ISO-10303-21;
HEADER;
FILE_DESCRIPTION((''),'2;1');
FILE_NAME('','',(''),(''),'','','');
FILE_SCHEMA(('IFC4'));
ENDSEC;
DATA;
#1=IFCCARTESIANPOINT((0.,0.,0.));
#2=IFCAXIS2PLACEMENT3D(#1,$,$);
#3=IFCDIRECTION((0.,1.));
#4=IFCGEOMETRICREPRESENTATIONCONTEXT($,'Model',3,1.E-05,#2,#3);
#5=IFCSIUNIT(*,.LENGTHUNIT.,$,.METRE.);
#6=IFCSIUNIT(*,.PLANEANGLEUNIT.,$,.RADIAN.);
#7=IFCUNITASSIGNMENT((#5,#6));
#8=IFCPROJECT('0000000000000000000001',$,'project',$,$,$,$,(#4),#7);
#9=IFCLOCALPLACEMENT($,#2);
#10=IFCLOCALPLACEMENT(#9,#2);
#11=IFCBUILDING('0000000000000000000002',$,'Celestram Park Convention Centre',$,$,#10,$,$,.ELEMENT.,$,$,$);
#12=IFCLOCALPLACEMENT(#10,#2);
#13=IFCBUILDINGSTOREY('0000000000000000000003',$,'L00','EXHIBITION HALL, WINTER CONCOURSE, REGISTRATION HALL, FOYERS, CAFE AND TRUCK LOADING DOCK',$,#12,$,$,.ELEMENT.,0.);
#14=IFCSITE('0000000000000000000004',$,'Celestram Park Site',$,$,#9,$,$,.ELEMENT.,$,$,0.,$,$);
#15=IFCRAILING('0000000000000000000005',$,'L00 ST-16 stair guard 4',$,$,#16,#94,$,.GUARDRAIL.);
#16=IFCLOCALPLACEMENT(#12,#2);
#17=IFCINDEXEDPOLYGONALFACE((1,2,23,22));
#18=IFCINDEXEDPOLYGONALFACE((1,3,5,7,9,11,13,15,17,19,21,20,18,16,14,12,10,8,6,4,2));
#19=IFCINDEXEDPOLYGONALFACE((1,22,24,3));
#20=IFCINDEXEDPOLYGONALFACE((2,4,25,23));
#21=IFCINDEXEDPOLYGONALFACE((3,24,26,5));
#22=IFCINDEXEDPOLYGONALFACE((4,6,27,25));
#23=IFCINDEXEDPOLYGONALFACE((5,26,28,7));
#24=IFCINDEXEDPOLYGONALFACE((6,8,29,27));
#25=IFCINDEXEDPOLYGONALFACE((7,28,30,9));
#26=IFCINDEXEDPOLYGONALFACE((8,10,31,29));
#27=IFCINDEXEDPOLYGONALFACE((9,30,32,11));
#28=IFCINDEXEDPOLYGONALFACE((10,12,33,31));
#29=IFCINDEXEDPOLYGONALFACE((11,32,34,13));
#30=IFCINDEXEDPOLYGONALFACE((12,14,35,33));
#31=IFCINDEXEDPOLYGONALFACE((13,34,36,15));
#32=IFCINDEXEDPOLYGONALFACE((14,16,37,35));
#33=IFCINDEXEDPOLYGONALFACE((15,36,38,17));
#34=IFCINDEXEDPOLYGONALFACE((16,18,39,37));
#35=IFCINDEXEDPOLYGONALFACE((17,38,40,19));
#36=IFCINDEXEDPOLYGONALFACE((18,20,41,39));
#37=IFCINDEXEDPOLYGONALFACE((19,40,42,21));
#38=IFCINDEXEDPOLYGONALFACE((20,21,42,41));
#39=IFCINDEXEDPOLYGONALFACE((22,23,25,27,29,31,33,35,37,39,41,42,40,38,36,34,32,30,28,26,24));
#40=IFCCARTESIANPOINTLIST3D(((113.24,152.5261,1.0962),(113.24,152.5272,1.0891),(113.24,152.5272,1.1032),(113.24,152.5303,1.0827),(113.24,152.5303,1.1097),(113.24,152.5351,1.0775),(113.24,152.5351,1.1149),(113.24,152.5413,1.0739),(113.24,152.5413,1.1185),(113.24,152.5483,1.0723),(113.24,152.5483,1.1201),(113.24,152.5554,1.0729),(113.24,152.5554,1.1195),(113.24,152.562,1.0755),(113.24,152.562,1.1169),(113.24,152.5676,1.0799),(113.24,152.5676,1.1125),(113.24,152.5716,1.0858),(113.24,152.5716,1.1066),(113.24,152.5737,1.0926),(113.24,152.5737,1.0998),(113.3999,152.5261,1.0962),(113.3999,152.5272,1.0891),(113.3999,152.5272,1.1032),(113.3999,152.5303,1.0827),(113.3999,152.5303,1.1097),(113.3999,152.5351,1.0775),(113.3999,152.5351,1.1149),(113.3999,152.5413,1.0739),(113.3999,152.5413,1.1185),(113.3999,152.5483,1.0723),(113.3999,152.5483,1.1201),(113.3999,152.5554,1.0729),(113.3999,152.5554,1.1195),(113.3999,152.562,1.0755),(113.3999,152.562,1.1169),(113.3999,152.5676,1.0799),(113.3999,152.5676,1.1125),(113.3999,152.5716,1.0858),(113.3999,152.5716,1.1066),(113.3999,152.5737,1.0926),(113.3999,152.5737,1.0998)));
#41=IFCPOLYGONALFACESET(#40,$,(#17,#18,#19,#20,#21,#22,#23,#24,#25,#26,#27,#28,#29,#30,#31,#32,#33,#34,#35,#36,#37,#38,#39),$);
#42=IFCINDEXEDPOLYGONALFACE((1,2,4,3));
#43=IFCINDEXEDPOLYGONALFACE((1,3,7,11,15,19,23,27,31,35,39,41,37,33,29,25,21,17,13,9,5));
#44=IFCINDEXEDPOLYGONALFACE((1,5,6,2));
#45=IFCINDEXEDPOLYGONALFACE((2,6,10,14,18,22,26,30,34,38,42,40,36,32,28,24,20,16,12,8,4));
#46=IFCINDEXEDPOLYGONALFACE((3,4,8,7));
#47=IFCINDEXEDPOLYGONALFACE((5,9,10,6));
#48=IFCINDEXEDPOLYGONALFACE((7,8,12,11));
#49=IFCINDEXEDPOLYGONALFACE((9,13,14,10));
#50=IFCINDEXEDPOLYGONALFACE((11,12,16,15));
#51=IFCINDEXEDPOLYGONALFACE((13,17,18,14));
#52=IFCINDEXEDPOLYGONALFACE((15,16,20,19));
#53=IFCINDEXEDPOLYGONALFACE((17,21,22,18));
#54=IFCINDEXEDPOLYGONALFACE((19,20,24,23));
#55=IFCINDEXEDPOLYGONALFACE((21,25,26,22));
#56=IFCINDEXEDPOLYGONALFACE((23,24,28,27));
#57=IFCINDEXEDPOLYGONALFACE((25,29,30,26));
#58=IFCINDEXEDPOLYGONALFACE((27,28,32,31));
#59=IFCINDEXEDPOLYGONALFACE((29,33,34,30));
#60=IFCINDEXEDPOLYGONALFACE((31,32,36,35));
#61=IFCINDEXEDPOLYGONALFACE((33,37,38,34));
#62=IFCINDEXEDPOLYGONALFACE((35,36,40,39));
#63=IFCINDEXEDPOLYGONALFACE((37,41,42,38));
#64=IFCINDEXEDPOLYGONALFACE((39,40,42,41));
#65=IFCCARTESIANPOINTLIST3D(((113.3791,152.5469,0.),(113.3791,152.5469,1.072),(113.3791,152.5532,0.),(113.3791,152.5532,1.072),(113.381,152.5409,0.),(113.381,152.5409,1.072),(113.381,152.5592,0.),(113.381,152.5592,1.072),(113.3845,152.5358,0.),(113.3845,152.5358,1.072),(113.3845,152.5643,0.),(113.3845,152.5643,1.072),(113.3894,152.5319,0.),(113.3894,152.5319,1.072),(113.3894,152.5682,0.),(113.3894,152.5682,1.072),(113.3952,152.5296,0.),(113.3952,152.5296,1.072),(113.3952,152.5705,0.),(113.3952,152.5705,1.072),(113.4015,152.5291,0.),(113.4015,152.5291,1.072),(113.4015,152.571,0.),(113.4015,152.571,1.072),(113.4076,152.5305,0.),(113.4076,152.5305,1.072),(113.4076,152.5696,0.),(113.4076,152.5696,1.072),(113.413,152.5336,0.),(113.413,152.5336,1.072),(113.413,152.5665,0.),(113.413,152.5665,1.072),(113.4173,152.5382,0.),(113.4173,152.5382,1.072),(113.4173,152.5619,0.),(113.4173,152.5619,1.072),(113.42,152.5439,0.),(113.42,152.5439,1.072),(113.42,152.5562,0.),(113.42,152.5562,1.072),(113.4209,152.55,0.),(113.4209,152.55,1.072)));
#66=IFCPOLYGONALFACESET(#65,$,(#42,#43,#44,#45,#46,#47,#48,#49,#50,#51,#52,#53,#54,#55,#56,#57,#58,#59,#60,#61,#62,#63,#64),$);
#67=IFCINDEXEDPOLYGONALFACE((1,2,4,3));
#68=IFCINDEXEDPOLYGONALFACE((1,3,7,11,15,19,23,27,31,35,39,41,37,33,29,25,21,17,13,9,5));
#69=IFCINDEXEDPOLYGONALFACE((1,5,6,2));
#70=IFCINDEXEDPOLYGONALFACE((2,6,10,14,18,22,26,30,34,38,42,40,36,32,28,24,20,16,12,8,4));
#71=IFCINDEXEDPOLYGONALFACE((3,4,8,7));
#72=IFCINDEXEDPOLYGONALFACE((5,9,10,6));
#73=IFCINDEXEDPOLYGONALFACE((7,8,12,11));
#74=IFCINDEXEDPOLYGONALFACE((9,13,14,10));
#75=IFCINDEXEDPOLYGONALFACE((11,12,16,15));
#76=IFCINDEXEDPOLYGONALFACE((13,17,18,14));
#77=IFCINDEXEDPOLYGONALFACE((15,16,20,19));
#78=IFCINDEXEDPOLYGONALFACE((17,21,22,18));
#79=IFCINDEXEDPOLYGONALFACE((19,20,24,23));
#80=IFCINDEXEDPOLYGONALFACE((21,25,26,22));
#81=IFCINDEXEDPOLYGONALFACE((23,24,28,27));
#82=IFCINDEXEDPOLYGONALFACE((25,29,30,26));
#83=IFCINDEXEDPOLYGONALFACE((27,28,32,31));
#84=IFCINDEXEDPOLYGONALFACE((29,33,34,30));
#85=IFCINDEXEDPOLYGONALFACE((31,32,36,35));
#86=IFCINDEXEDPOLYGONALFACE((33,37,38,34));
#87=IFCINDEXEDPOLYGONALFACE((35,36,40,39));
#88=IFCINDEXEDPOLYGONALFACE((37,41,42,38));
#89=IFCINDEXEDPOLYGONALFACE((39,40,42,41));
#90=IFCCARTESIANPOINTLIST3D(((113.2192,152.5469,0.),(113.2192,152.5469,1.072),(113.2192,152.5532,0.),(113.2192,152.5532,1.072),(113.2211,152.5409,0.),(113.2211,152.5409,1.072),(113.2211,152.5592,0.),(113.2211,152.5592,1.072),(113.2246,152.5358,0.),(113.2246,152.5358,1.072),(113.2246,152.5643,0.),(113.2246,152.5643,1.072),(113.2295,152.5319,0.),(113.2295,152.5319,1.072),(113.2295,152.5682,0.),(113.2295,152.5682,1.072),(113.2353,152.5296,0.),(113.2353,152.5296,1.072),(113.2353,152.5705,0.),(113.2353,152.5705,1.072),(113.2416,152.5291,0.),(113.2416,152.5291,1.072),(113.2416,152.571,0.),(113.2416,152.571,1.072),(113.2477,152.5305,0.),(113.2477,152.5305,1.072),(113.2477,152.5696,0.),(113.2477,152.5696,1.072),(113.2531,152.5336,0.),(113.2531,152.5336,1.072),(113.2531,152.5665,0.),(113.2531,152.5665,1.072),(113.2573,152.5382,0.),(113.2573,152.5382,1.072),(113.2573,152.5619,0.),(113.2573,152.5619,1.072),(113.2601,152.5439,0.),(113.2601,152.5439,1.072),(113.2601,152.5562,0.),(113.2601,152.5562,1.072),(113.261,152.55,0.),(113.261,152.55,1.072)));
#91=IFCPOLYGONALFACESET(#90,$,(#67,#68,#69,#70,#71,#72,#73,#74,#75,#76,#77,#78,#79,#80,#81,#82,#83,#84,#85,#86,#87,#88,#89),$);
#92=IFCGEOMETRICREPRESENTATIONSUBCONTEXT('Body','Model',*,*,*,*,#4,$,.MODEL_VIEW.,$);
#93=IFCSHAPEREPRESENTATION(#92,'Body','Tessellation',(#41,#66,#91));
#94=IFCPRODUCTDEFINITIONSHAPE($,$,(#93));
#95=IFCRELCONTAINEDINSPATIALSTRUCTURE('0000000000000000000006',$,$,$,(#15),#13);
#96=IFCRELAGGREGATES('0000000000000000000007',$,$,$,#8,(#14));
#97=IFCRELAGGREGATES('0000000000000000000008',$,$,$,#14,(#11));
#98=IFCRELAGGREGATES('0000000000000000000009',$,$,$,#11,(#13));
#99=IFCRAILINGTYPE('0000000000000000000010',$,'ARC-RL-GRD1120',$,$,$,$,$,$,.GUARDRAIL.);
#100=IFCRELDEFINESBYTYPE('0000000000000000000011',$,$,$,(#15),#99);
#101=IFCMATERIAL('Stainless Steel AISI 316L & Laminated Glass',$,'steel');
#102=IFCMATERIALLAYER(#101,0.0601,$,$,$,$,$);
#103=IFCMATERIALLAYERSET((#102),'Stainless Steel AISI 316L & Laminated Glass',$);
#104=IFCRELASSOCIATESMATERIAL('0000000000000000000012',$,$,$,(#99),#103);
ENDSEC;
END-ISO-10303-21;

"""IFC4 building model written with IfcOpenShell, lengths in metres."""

from ifc_helpers import new_model, si_unit, direction, frame, origin, origin_2d, place, context, subcontext, project, spatial, circle, extrude, material, layer, layer_set, type_object, element, save


model = new_model("IFC4")

# Units and contexts
model_context = context("Model", 3, precision=1e-05, world=origin(), true_north=direction((0.0, 1.0)))
body_context = subcontext(model_context, "Body", "Model", "MODEL_VIEW")
ifc_project = project(units=[si_unit("LENGTHUNIT", "METRE"), si_unit("PLANEANGLEUNIT", "RADIAN")], contexts=[model_context])

# Site, building, storey
site_placement = place(None, origin())
site = spatial("IfcSite", under=ifc_project, at=site_placement, Name="Celestram Park Site", CompositionType="ELEMENT", RefElevation=0.0)
building_placement = place(site_placement, origin())
building = spatial("IfcBuilding", under=site, at=building_placement, Name="Celestram Park Convention Centre", CompositionType="ELEMENT")
storey_placement = place(building_placement, origin())
storey = spatial("IfcBuildingStorey", under=building, at=storey_placement, Name="L00", Description="EXHIBITION HALL, WINTER CONCOURSE, REGISTRATION HALL, FOYERS, CAFE AND TRUCK LOADING DOCK", CompositionType="ELEMENT", Elevation=0.0)

# Railing
ifc_material_1 = material(Name="Stainless Steel AISI 316L & Laminated Glass", Category="steel")
ifc_layer_1 = layer(ifc_material_1, 0.0601)
ifc_layer_set_1 = layer_set([ifc_layer_1], Name="Stainless Steel AISI 316L & Laminated Glass")
railing_type_1 = type_object("IfcRailingType", Name="ARC-RL-GRD1120", PredefinedType="GUARDRAIL", material=ifc_layer_set_1)
railing_1_placement = place(storey_placement, frame((113.3999, 152.55, 0.0)))
element("IfcRailing", 1, at=railing_1_placement, inside=storey, type_object=railing_type_1, Name="L00 ST-16 stair guard 4", PredefinedType="GUARDRAIL", context=body_context, shape_type="SweptSolid", body=[
    extrude(circle(Radius=0.0239, at=origin_2d()), frame((0.0, 0.0, 1.0962), z_axis=(-1.0, 0.0, 0.0), x_axis=(0.0, -1.0, 0.0)), (0.0, 0.0, 1.0), 0.1599),
    extrude(circle(Radius=0.021, at=origin_2d()), origin(), (0.0, 0.0, 1.0), 1.072),
    extrude(circle(Radius=0.021, at=origin_2d()), frame((-0.1599, 0.0, 0.0)), (0.0, 0.0, 1.0), 1.072),
])

save(model, "model.ifc")
